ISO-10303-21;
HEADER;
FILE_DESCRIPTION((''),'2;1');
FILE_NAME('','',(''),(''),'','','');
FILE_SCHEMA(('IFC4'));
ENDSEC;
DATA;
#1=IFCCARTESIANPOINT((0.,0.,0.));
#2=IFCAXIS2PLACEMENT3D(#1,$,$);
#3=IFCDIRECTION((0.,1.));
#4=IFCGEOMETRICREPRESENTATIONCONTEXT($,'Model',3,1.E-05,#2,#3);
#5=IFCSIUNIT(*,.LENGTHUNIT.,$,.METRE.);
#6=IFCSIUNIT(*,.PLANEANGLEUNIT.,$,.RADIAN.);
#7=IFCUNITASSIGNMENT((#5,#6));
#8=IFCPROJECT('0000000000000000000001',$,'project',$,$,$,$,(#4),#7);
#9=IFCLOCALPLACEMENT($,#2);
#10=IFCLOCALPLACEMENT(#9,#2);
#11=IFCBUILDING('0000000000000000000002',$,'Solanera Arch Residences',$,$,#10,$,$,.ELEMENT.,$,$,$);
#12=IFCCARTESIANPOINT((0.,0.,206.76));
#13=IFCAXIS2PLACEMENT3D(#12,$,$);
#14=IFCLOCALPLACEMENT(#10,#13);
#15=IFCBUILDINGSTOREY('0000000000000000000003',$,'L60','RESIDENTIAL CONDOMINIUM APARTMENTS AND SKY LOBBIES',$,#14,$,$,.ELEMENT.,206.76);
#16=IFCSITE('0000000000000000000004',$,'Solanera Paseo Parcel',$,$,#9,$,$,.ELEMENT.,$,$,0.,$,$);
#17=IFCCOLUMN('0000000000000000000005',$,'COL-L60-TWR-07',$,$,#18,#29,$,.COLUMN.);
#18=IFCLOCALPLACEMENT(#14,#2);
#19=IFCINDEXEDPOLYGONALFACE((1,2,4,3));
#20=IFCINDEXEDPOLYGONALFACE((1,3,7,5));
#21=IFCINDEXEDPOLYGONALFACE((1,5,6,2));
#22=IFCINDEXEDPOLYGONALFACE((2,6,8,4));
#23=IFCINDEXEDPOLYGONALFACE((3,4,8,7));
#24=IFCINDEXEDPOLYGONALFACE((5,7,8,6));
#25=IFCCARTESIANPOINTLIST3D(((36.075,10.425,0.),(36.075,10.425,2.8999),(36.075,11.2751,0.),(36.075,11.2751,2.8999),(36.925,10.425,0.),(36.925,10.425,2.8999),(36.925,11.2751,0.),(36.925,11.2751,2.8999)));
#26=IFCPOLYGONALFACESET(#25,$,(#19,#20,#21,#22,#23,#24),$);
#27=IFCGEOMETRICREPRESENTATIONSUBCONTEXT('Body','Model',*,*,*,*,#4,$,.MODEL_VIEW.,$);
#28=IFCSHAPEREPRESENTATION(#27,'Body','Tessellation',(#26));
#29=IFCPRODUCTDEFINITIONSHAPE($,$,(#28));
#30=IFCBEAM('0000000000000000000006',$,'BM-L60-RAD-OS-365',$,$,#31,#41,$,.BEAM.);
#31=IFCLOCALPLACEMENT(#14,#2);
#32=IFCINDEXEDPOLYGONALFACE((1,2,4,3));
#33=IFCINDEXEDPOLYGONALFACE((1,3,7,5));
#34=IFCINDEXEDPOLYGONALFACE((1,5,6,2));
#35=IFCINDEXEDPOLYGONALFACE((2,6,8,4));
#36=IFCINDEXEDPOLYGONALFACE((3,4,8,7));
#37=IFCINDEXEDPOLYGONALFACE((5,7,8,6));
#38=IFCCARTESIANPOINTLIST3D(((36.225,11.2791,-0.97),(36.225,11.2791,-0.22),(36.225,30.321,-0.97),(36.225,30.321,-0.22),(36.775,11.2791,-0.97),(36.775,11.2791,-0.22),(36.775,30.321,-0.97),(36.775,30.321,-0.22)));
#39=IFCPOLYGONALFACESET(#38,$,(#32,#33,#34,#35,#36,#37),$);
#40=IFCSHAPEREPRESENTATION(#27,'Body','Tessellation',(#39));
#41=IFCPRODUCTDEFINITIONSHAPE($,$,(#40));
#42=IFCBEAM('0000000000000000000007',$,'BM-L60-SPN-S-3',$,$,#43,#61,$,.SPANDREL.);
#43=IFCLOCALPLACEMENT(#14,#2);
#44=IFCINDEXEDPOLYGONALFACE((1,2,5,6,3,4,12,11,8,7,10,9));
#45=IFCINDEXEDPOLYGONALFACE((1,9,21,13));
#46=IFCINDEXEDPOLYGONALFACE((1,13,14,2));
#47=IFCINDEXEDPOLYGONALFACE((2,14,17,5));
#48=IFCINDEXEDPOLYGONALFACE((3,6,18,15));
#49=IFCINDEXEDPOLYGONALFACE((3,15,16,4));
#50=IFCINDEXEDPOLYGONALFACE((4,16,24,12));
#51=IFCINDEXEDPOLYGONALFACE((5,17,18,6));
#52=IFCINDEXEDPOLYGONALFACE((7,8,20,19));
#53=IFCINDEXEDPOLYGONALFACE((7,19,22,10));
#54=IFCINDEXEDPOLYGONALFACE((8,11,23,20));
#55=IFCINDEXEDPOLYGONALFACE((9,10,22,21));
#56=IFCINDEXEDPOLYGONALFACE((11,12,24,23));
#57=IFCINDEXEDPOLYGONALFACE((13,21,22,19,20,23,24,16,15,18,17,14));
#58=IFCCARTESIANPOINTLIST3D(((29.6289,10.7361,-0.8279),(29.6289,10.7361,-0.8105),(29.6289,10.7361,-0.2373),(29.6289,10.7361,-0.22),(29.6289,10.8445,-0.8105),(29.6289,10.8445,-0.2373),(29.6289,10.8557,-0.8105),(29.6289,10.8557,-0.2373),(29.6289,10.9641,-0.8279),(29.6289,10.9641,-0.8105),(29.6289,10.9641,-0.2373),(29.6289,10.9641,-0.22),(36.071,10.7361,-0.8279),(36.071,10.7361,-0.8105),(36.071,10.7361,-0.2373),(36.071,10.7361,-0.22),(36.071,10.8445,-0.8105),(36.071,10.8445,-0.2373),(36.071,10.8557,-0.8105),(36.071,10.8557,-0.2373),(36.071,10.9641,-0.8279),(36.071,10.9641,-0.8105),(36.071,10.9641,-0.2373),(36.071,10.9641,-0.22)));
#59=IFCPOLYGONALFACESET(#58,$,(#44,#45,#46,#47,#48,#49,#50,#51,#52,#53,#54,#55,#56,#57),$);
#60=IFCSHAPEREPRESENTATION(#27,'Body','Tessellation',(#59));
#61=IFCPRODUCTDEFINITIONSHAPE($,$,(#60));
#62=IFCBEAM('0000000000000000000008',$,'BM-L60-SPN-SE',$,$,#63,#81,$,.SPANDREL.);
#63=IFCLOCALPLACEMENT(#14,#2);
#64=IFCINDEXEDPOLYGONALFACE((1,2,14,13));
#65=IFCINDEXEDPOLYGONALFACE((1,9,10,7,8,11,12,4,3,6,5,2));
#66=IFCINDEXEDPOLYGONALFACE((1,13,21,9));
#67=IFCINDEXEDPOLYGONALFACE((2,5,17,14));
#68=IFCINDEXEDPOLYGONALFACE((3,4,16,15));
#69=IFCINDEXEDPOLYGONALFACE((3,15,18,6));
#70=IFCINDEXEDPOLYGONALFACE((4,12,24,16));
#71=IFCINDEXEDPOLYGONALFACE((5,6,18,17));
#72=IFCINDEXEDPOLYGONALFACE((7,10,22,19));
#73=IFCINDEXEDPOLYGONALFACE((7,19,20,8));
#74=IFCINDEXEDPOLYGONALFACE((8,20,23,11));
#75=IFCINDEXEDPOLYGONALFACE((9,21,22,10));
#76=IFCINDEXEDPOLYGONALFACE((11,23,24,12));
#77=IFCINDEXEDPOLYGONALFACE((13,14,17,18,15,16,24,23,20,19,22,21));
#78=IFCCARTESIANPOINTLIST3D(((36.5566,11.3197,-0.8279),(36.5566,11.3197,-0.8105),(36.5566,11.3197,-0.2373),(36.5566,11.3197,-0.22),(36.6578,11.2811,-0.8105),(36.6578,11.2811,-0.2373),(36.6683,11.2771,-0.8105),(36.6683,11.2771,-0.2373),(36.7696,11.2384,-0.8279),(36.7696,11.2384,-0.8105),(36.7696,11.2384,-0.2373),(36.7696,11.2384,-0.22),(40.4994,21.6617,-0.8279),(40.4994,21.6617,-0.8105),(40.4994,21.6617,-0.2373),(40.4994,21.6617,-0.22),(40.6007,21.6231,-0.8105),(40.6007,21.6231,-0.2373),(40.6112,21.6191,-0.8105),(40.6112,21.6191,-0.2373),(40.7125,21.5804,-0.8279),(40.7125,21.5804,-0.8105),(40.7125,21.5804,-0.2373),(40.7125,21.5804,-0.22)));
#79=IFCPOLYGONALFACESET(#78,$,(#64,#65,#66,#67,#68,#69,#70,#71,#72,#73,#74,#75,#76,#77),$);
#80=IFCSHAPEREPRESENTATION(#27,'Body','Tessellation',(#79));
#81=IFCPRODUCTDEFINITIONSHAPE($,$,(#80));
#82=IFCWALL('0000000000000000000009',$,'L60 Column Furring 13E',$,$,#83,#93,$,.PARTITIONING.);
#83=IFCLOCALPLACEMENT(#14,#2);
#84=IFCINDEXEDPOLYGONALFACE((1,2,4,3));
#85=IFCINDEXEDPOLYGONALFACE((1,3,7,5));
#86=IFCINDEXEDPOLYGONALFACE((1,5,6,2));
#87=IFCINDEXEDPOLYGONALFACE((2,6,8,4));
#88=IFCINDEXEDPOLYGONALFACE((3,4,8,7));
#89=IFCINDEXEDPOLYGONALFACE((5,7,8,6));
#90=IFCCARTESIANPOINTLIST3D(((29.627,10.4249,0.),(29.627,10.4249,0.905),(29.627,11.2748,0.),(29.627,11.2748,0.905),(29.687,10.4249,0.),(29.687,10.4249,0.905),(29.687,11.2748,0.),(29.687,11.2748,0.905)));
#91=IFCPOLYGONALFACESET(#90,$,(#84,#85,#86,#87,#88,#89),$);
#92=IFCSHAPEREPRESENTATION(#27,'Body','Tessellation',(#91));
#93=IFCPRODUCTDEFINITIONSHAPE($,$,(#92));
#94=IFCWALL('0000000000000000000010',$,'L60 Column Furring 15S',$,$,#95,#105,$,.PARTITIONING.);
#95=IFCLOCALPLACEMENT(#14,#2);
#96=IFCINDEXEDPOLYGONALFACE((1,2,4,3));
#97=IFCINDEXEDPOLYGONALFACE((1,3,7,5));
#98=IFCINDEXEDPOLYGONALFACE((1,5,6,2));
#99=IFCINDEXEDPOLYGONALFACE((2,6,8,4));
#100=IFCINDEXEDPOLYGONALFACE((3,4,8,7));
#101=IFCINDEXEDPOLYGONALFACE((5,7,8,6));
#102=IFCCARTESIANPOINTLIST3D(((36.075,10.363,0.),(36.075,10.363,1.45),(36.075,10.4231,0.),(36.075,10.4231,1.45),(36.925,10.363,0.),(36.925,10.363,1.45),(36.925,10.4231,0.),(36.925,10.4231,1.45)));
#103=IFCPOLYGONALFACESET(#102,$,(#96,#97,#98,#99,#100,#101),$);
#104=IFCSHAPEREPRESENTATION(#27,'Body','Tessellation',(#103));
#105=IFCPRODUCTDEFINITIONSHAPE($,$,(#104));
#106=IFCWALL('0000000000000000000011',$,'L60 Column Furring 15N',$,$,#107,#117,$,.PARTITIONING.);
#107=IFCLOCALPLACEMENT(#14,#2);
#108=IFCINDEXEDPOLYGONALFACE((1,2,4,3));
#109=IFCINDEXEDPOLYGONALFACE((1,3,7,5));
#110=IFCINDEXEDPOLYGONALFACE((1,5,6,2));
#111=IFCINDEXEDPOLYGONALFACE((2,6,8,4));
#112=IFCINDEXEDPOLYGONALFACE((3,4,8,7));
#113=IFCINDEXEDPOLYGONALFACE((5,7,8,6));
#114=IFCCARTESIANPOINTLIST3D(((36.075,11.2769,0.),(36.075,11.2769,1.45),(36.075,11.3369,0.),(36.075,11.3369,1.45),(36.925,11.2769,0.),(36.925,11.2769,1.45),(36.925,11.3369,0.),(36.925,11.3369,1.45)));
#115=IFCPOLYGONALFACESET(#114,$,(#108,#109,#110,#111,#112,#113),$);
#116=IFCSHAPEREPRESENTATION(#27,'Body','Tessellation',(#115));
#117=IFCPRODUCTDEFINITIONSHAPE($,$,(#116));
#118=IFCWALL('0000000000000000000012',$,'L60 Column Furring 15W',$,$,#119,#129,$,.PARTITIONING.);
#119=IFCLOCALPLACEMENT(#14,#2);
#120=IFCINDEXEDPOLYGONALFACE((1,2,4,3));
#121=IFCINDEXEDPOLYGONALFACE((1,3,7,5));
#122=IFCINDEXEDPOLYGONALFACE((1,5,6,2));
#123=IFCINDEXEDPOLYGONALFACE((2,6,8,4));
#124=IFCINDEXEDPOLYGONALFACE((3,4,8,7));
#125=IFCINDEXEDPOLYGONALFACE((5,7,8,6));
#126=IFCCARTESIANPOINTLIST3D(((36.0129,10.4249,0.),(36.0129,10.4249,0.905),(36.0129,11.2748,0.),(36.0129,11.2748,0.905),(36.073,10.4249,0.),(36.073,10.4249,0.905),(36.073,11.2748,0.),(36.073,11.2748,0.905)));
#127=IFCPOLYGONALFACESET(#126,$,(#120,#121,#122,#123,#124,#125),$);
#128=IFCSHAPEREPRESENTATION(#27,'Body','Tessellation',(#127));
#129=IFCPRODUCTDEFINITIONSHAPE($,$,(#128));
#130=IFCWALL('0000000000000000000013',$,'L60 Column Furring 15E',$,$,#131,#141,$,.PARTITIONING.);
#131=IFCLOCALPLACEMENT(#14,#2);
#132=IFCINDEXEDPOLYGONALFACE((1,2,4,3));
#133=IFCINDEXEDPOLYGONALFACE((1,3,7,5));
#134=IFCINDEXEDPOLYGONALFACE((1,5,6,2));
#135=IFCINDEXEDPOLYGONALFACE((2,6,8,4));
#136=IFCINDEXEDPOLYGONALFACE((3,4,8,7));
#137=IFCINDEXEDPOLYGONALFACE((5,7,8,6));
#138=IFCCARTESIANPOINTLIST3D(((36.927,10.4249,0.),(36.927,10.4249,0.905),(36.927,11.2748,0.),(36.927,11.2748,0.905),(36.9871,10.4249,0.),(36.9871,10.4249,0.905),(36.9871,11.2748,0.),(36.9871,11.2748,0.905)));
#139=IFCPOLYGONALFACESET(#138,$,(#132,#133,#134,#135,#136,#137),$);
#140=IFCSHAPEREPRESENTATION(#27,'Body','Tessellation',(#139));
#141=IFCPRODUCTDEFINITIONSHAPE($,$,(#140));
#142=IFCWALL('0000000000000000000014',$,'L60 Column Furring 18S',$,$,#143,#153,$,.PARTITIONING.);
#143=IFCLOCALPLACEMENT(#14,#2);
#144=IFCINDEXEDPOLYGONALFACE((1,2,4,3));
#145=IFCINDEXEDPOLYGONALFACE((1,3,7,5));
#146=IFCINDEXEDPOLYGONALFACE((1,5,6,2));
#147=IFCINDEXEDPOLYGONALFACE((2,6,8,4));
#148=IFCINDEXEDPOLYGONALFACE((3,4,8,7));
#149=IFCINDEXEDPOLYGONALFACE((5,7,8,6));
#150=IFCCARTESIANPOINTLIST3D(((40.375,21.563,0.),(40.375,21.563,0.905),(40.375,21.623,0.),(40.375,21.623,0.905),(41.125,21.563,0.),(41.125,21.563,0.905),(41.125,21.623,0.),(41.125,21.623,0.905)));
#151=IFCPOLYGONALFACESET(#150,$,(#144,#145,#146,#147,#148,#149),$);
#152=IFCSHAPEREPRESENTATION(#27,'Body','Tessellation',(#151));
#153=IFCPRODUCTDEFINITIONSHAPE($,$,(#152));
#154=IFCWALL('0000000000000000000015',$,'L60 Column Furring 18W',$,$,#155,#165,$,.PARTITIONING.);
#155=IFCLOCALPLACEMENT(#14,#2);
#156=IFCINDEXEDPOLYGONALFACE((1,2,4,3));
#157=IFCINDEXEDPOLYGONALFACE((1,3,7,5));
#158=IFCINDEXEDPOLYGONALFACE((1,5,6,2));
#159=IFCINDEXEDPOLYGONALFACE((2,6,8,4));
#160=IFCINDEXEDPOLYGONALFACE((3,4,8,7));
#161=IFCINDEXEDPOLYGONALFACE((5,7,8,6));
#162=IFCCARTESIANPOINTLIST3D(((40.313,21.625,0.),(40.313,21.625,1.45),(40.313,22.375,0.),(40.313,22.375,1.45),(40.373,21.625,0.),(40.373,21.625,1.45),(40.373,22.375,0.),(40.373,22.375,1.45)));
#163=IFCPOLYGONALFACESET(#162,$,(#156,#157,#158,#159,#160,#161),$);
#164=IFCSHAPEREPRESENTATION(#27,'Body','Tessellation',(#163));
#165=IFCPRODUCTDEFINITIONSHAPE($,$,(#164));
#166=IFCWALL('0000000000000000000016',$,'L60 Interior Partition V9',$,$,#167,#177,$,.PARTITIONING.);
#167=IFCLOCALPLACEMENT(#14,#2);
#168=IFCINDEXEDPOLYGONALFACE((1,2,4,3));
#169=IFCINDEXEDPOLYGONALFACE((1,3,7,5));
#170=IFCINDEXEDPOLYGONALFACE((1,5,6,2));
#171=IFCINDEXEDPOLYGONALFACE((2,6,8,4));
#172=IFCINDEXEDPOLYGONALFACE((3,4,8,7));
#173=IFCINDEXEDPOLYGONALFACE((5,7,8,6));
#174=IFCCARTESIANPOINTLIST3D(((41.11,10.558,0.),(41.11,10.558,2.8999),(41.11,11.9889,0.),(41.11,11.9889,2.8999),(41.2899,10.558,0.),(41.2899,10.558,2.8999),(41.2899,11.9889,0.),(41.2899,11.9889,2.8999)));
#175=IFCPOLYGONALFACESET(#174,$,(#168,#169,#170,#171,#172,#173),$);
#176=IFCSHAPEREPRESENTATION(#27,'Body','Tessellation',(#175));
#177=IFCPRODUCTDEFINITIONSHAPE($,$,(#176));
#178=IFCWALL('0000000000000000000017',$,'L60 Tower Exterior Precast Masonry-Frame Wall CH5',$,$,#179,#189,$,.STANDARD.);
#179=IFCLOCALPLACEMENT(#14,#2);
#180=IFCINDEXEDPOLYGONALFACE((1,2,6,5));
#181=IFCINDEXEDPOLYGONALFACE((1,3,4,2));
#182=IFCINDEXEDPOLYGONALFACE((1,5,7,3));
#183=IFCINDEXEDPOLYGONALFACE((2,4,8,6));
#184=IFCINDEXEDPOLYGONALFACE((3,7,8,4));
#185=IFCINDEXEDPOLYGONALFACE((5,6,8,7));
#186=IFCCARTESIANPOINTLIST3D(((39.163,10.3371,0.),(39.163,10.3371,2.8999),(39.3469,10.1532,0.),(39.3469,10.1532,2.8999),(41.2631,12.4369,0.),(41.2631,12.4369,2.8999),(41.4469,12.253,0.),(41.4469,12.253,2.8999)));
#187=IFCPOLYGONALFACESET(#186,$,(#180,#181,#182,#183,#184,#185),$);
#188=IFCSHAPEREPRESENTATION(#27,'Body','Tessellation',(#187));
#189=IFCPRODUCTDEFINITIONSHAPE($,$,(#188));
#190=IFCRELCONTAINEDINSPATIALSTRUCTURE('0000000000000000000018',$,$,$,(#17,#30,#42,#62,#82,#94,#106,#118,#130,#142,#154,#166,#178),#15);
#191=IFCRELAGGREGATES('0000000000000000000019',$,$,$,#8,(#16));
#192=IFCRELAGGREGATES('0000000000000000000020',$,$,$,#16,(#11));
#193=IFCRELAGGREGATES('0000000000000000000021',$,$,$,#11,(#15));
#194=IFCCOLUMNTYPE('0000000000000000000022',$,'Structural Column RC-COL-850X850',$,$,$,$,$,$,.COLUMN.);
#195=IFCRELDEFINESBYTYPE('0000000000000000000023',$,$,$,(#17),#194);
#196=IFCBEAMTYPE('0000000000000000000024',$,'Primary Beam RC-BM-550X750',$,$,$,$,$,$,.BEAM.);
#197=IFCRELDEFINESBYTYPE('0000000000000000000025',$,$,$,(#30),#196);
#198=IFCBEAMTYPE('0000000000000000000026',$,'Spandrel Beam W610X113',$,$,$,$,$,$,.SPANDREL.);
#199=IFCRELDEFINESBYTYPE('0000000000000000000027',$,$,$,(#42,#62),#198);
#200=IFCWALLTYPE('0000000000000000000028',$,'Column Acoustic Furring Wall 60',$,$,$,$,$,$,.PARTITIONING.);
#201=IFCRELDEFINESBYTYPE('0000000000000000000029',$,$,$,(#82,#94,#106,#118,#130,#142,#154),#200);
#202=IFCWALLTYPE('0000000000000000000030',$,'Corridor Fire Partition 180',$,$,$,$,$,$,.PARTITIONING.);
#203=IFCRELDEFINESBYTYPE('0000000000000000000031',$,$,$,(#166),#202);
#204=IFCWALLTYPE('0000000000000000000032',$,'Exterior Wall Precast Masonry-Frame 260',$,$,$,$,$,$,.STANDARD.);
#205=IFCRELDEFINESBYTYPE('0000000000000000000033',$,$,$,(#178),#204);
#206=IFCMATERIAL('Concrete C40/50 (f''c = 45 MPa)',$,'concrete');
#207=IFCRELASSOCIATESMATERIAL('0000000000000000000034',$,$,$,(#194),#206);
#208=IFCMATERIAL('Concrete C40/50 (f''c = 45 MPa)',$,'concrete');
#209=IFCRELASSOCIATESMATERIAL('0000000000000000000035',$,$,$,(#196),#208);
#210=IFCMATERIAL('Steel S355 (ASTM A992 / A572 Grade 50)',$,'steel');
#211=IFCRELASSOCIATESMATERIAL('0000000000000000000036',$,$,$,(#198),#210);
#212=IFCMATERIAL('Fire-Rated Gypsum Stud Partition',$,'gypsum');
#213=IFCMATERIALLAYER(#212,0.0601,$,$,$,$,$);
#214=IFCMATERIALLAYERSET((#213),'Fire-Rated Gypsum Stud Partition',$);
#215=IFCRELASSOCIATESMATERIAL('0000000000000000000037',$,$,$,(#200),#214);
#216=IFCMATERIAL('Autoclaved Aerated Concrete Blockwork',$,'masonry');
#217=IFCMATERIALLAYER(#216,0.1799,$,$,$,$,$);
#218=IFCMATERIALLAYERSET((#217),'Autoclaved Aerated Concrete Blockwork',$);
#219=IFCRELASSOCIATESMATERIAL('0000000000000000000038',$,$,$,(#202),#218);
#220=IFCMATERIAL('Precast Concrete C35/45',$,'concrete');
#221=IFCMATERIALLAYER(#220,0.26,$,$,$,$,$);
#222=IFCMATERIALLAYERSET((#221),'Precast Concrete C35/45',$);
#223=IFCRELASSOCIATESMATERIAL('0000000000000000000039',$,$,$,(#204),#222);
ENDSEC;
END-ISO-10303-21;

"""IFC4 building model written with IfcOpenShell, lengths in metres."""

from ifc_helpers import new_model, si_unit, direction, frame, frame_2d, origin, origin_2d, place, context, subcontext, project, spatial, rectangle, i_section, extrude, material, layer, layer_set, material_profile, profile_set, type_object, element, save


model = new_model("IFC4")

# Units and contexts
model_context = context("Model", 3, precision=1e-05, world=origin(), true_north=direction((0.0, 1.0)))
body_context = subcontext(model_context, "Body", "Model", "MODEL_VIEW")
ifc_project = project(units=[si_unit("LENGTHUNIT", "METRE"), si_unit("PLANEANGLEUNIT", "RADIAN")], contexts=[model_context])

# Site, building, storey
site_placement = place(None, origin())
site = spatial("IfcSite", under=ifc_project, at=site_placement, Name="Solanera Paseo Parcel", CompositionType="ELEMENT", RefElevation=0.0)
building_placement = place(site_placement, origin())
building = spatial("IfcBuilding", under=site, at=building_placement, Name="Solanera Arch Residences", CompositionType="ELEMENT")
storey_placement = place(building_placement, frame((0.0, 0.0, 206.76)))
storey = spatial("IfcBuildingStorey", under=building, at=storey_placement, Name="L60", Description="RESIDENTIAL CONDOMINIUM APARTMENTS AND SKY LOBBIES", CompositionType="ELEMENT", Elevation=206.76)

# Column
ifc_material_1 = material(Name="Concrete C40/50 (f'c = 45 MPa)", Category="concrete")
ifc_material_profile_1 = material_profile(ifc_material_1, rectangle(XDim=0.8501, YDim=0.8501, at=origin_2d()))
ifc_profile_set_1 = profile_set([ifc_material_profile_1], Name="Concrete C40/50 (f'c = 45 MPa)")
column_type = type_object("IfcColumnType", Name="Structural Column RC-COL-850X850", PredefinedType="COLUMN", material=ifc_profile_set_1)
column_placement = place(storey_placement, frame((36.5, 10.8501, 0.0), z_axis=(0.0, 0.0, 1.0), x_axis=(1.0, 0.0, 0.0)))
element("IfcColumn", 1, at=column_placement, inside=storey, type_object=column_type, Name="COL-L60-TWR-07", PredefinedType="COLUMN", context=body_context, shape_type="SweptSolid", body=[
    extrude(rectangle(XDim=0.8501, YDim=0.8501, at=origin_2d()), origin(), (0.0, 0.0, 1.0), 2.8999),
])

# Beams
ifc_material_2 = material(Name="Concrete C40/50 (f'c = 45 MPa)", Category="concrete")
ifc_material_profile_2 = material_profile(ifc_material_2, rectangle(XDim=0.55, YDim=0.75, at=origin_2d()))
ifc_profile_set_2 = profile_set([ifc_material_profile_2], Name="Concrete C40/50 (f'c = 45 MPa)")
beam_type_1 = type_object("IfcBeamType", Name="Primary Beam RC-BM-550X750", PredefinedType="BEAM", material=ifc_profile_set_2)
beam_1_placement = place(storey_placement, frame((36.5, 11.2791, -0.595), z_axis=(0.0, 1.0, 0.0), x_axis=(-1.0, 0.0, 0.0)))
element("IfcBeam", 2, at=beam_1_placement, inside=storey, type_object=beam_type_1, Name="BM-L60-RAD-OS-365", PredefinedType="BEAM", context=body_context, shape_type="SweptSolid", body=[
    extrude(rectangle(XDim=0.55, YDim=0.75, at=origin_2d()), origin(), (0.0, 0.0, 1.0), 19.042),
])
ifc_material_3 = material(Name="Steel S355 (ASTM A992 / A572 Grade 50)", Category="steel")
ifc_material_profile_3 = material_profile(ifc_material_3, i_section(OverallWidth=0.228, OverallDepth=0.6079, WebThickness=0.0112, FlangeThickness=0.0173, at=origin_2d()))
ifc_profile_set_3 = profile_set([ifc_material_profile_3], Name="Steel S355 (ASTM A992 / A572 Grade 50)")
beam_type_2 = type_object("IfcBeamType", Name="Spandrel Beam W610X113", PredefinedType="SPANDREL", material=ifc_profile_set_3)
beam_2_placement = place(storey_placement, frame((29.6289, 10.8501, -0.5239), z_axis=(1.0, 0.0, 0.0), x_axis=(0.0, 1.0, 0.0)))
element("IfcBeam", 3, at=beam_2_placement, inside=storey, type_object=beam_type_2, Name="BM-L60-SPN-S-3", PredefinedType="SPANDREL", context=body_context, shape_type="SweptSolid", body=[
    extrude(i_section(OverallWidth=0.228, OverallDepth=0.6079, WebThickness=0.0112, FlangeThickness=0.0173, at=origin_2d()), origin(), (0.0, 0.0, 1.0), 6.4421),
])
beam_3_placement = place(storey_placement, frame((36.6631, 11.2791, -0.5239), z_axis=(0.356236, 0.934396, 0.0), x_axis=(-0.934396, 0.356236, 0.0)))
element("IfcBeam", 4, at=beam_3_placement, inside=storey, type_object=beam_type_2, Name="BM-L60-SPN-SE", PredefinedType="SPANDREL", context=body_context, shape_type="SweptSolid", body=[
    extrude(i_section(OverallWidth=0.228, OverallDepth=0.6079, WebThickness=0.0112, FlangeThickness=0.0173, at=origin_2d()), origin(), (0.0, 0.0, 1.0), 11.0681),
])

# Walls
ifc_material_4 = material(Name="Fire-Rated Gypsum Stud Partition", Category="gypsum")
ifc_layer_1 = layer(ifc_material_4, 0.0601)
ifc_layer_set_1 = layer_set([ifc_layer_1], Name="Fire-Rated Gypsum Stud Partition")
wall_type_1 = type_object("IfcWallType", Name="Column Acoustic Furring Wall 60", PredefinedType="PARTITIONING", material=ifc_layer_set_1)
wall_1_placement = place(storey_placement, frame((29.657, 10.425, 0.0), z_axis=(0.0, 0.0, 1.0), x_axis=(0.0, 1.0, 0.0)))
element("IfcWall", 5, at=wall_1_placement, inside=storey, type_object=wall_type_1, Name="L60 Column Furring 13E", PredefinedType="PARTITIONING", context=body_context, shape_type="SweptSolid", body=[
    extrude(rectangle(XDim=0.8499, YDim=0.0601, at=frame_2d((0.4248, 0.0))), origin(), (0.0, 0.0, 1.0), 0.905),
])
for number, where, z_axis, x_axis, name in (
    (6, (36.075, 10.3931, 0.0), (0.0, 0.0, 1.0), (1.0, 0.0, 0.0), "L60 Column Furring 15S"),
    (7, (36.075, 11.3069, 0.0), (0.0, 0.0, 1.0), (1.0, 0.0, 0.0), "L60 Column Furring 15N"),
):
    element("IfcWall", number, at=place(storey_placement, frame(where, z_axis=z_axis, x_axis=x_axis)), inside=storey, type_object=wall_type_1, Name=name, PredefinedType="PARTITIONING", context=body_context, shape_type="SweptSolid", body=[
        extrude(rectangle(XDim=0.8501, YDim=0.0601, at=frame_2d((0.425, 0.0))), origin(), (0.0, 0.0, 1.0), 1.45),
    ])
for number, where, z_axis, x_axis, name in (
    (8, (36.043, 10.425, 0.0), (0.0, 0.0, 1.0), (0.0, 1.0, 0.0), "L60 Column Furring 15W"),
    (9, (36.957, 10.425, 0.0), (0.0, 0.0, 1.0), (0.0, 1.0, 0.0), "L60 Column Furring 15E"),
):
    element("IfcWall", number, at=place(storey_placement, frame(where, z_axis=z_axis, x_axis=x_axis)), inside=storey, type_object=wall_type_1, Name=name, PredefinedType="PARTITIONING", context=body_context, shape_type="SweptSolid", body=[
        extrude(rectangle(XDim=0.8499, YDim=0.0601, at=frame_2d((0.4248, 0.0))), origin(), (0.0, 0.0, 1.0), 0.905),
    ])
wall_2_placement = place(storey_placement, frame((40.375, 21.593, 0.0), z_axis=(0.0, 0.0, 1.0), x_axis=(1.0, 0.0, 0.0)))
element("IfcWall", 10, at=wall_2_placement, inside=storey, type_object=wall_type_1, Name="L60 Column Furring 18S", PredefinedType="PARTITIONING", context=body_context, shape_type="SweptSolid", body=[
    extrude(rectangle(XDim=0.75, YDim=0.0601, at=frame_2d((0.375, 0.0))), origin(), (0.0, 0.0, 1.0), 0.905),
])
wall_3_placement = place(storey_placement, frame((40.343, 21.625, 0.0), z_axis=(0.0, 0.0, 1.0), x_axis=(0.0, 1.0, 0.0)))
element("IfcWall", 11, at=wall_3_placement, inside=storey, type_object=wall_type_1, Name="L60 Column Furring 18W", PredefinedType="PARTITIONING", context=body_context, shape_type="SweptSolid", body=[
    extrude(rectangle(XDim=0.75, YDim=0.0601, at=frame_2d((0.375, 0.0))), origin(), (0.0, 0.0, 1.0), 1.45),
])
ifc_material_5 = material(Name="Autoclaved Aerated Concrete Blockwork", Category="masonry")
ifc_layer_2 = layer(ifc_material_5, 0.1799)
ifc_layer_set_2 = layer_set([ifc_layer_2], Name="Autoclaved Aerated Concrete Blockwork")
wall_type_2 = type_object("IfcWallType", Name="Corridor Fire Partition 180", PredefinedType="PARTITIONING", material=ifc_layer_set_2)
wall_4_placement = place(storey_placement, frame((41.2, 10.5581, 0.0), z_axis=(0.0, 0.0, 1.0), x_axis=(0.0, 1.0, 0.0)))
element("IfcWall", 12, at=wall_4_placement, inside=storey, type_object=wall_type_2, Name="L60 Interior Partition V9", PredefinedType="PARTITIONING", context=body_context, shape_type="SweptSolid", body=[
    extrude(rectangle(XDim=1.4309, YDim=0.1799, at=frame_2d((0.7153, 0.0))), origin(), (0.0, 0.0, 1.0), 2.8999),
])
ifc_material_6 = material(Name="Precast Concrete C35/45", Category="concrete")
ifc_layer_3 = layer(ifc_material_6, 0.26)
ifc_layer_set_3 = layer_set([ifc_layer_3], Name="Precast Concrete C35/45")
wall_type_3 = type_object("IfcWallType", Name="Exterior Wall Precast Masonry-Frame 260", PredefinedType="STANDARD", material=ifc_layer_set_3)
wall_5_placement = place(storey_placement, frame((41.355, 12.345, 0.0), z_axis=(0.0, 0.0, 1.0), x_axis=(-0.707148, -0.707066, 0.0)))
element("IfcWall", 13, at=wall_5_placement, inside=storey, type_object=wall_type_3, Name="L60 Tower Exterior Precast Masonry-Frame Wall CH5", PredefinedType="STANDARD", context=body_context, shape_type="SweptSolid", body=[
    extrude(rectangle(XDim=2.9697, YDim=0.26, at=frame_2d((1.4849, 0.0))), origin(), (0.0, 0.0, 1.0), 2.8999),
])

save(model, "model.ifc")
